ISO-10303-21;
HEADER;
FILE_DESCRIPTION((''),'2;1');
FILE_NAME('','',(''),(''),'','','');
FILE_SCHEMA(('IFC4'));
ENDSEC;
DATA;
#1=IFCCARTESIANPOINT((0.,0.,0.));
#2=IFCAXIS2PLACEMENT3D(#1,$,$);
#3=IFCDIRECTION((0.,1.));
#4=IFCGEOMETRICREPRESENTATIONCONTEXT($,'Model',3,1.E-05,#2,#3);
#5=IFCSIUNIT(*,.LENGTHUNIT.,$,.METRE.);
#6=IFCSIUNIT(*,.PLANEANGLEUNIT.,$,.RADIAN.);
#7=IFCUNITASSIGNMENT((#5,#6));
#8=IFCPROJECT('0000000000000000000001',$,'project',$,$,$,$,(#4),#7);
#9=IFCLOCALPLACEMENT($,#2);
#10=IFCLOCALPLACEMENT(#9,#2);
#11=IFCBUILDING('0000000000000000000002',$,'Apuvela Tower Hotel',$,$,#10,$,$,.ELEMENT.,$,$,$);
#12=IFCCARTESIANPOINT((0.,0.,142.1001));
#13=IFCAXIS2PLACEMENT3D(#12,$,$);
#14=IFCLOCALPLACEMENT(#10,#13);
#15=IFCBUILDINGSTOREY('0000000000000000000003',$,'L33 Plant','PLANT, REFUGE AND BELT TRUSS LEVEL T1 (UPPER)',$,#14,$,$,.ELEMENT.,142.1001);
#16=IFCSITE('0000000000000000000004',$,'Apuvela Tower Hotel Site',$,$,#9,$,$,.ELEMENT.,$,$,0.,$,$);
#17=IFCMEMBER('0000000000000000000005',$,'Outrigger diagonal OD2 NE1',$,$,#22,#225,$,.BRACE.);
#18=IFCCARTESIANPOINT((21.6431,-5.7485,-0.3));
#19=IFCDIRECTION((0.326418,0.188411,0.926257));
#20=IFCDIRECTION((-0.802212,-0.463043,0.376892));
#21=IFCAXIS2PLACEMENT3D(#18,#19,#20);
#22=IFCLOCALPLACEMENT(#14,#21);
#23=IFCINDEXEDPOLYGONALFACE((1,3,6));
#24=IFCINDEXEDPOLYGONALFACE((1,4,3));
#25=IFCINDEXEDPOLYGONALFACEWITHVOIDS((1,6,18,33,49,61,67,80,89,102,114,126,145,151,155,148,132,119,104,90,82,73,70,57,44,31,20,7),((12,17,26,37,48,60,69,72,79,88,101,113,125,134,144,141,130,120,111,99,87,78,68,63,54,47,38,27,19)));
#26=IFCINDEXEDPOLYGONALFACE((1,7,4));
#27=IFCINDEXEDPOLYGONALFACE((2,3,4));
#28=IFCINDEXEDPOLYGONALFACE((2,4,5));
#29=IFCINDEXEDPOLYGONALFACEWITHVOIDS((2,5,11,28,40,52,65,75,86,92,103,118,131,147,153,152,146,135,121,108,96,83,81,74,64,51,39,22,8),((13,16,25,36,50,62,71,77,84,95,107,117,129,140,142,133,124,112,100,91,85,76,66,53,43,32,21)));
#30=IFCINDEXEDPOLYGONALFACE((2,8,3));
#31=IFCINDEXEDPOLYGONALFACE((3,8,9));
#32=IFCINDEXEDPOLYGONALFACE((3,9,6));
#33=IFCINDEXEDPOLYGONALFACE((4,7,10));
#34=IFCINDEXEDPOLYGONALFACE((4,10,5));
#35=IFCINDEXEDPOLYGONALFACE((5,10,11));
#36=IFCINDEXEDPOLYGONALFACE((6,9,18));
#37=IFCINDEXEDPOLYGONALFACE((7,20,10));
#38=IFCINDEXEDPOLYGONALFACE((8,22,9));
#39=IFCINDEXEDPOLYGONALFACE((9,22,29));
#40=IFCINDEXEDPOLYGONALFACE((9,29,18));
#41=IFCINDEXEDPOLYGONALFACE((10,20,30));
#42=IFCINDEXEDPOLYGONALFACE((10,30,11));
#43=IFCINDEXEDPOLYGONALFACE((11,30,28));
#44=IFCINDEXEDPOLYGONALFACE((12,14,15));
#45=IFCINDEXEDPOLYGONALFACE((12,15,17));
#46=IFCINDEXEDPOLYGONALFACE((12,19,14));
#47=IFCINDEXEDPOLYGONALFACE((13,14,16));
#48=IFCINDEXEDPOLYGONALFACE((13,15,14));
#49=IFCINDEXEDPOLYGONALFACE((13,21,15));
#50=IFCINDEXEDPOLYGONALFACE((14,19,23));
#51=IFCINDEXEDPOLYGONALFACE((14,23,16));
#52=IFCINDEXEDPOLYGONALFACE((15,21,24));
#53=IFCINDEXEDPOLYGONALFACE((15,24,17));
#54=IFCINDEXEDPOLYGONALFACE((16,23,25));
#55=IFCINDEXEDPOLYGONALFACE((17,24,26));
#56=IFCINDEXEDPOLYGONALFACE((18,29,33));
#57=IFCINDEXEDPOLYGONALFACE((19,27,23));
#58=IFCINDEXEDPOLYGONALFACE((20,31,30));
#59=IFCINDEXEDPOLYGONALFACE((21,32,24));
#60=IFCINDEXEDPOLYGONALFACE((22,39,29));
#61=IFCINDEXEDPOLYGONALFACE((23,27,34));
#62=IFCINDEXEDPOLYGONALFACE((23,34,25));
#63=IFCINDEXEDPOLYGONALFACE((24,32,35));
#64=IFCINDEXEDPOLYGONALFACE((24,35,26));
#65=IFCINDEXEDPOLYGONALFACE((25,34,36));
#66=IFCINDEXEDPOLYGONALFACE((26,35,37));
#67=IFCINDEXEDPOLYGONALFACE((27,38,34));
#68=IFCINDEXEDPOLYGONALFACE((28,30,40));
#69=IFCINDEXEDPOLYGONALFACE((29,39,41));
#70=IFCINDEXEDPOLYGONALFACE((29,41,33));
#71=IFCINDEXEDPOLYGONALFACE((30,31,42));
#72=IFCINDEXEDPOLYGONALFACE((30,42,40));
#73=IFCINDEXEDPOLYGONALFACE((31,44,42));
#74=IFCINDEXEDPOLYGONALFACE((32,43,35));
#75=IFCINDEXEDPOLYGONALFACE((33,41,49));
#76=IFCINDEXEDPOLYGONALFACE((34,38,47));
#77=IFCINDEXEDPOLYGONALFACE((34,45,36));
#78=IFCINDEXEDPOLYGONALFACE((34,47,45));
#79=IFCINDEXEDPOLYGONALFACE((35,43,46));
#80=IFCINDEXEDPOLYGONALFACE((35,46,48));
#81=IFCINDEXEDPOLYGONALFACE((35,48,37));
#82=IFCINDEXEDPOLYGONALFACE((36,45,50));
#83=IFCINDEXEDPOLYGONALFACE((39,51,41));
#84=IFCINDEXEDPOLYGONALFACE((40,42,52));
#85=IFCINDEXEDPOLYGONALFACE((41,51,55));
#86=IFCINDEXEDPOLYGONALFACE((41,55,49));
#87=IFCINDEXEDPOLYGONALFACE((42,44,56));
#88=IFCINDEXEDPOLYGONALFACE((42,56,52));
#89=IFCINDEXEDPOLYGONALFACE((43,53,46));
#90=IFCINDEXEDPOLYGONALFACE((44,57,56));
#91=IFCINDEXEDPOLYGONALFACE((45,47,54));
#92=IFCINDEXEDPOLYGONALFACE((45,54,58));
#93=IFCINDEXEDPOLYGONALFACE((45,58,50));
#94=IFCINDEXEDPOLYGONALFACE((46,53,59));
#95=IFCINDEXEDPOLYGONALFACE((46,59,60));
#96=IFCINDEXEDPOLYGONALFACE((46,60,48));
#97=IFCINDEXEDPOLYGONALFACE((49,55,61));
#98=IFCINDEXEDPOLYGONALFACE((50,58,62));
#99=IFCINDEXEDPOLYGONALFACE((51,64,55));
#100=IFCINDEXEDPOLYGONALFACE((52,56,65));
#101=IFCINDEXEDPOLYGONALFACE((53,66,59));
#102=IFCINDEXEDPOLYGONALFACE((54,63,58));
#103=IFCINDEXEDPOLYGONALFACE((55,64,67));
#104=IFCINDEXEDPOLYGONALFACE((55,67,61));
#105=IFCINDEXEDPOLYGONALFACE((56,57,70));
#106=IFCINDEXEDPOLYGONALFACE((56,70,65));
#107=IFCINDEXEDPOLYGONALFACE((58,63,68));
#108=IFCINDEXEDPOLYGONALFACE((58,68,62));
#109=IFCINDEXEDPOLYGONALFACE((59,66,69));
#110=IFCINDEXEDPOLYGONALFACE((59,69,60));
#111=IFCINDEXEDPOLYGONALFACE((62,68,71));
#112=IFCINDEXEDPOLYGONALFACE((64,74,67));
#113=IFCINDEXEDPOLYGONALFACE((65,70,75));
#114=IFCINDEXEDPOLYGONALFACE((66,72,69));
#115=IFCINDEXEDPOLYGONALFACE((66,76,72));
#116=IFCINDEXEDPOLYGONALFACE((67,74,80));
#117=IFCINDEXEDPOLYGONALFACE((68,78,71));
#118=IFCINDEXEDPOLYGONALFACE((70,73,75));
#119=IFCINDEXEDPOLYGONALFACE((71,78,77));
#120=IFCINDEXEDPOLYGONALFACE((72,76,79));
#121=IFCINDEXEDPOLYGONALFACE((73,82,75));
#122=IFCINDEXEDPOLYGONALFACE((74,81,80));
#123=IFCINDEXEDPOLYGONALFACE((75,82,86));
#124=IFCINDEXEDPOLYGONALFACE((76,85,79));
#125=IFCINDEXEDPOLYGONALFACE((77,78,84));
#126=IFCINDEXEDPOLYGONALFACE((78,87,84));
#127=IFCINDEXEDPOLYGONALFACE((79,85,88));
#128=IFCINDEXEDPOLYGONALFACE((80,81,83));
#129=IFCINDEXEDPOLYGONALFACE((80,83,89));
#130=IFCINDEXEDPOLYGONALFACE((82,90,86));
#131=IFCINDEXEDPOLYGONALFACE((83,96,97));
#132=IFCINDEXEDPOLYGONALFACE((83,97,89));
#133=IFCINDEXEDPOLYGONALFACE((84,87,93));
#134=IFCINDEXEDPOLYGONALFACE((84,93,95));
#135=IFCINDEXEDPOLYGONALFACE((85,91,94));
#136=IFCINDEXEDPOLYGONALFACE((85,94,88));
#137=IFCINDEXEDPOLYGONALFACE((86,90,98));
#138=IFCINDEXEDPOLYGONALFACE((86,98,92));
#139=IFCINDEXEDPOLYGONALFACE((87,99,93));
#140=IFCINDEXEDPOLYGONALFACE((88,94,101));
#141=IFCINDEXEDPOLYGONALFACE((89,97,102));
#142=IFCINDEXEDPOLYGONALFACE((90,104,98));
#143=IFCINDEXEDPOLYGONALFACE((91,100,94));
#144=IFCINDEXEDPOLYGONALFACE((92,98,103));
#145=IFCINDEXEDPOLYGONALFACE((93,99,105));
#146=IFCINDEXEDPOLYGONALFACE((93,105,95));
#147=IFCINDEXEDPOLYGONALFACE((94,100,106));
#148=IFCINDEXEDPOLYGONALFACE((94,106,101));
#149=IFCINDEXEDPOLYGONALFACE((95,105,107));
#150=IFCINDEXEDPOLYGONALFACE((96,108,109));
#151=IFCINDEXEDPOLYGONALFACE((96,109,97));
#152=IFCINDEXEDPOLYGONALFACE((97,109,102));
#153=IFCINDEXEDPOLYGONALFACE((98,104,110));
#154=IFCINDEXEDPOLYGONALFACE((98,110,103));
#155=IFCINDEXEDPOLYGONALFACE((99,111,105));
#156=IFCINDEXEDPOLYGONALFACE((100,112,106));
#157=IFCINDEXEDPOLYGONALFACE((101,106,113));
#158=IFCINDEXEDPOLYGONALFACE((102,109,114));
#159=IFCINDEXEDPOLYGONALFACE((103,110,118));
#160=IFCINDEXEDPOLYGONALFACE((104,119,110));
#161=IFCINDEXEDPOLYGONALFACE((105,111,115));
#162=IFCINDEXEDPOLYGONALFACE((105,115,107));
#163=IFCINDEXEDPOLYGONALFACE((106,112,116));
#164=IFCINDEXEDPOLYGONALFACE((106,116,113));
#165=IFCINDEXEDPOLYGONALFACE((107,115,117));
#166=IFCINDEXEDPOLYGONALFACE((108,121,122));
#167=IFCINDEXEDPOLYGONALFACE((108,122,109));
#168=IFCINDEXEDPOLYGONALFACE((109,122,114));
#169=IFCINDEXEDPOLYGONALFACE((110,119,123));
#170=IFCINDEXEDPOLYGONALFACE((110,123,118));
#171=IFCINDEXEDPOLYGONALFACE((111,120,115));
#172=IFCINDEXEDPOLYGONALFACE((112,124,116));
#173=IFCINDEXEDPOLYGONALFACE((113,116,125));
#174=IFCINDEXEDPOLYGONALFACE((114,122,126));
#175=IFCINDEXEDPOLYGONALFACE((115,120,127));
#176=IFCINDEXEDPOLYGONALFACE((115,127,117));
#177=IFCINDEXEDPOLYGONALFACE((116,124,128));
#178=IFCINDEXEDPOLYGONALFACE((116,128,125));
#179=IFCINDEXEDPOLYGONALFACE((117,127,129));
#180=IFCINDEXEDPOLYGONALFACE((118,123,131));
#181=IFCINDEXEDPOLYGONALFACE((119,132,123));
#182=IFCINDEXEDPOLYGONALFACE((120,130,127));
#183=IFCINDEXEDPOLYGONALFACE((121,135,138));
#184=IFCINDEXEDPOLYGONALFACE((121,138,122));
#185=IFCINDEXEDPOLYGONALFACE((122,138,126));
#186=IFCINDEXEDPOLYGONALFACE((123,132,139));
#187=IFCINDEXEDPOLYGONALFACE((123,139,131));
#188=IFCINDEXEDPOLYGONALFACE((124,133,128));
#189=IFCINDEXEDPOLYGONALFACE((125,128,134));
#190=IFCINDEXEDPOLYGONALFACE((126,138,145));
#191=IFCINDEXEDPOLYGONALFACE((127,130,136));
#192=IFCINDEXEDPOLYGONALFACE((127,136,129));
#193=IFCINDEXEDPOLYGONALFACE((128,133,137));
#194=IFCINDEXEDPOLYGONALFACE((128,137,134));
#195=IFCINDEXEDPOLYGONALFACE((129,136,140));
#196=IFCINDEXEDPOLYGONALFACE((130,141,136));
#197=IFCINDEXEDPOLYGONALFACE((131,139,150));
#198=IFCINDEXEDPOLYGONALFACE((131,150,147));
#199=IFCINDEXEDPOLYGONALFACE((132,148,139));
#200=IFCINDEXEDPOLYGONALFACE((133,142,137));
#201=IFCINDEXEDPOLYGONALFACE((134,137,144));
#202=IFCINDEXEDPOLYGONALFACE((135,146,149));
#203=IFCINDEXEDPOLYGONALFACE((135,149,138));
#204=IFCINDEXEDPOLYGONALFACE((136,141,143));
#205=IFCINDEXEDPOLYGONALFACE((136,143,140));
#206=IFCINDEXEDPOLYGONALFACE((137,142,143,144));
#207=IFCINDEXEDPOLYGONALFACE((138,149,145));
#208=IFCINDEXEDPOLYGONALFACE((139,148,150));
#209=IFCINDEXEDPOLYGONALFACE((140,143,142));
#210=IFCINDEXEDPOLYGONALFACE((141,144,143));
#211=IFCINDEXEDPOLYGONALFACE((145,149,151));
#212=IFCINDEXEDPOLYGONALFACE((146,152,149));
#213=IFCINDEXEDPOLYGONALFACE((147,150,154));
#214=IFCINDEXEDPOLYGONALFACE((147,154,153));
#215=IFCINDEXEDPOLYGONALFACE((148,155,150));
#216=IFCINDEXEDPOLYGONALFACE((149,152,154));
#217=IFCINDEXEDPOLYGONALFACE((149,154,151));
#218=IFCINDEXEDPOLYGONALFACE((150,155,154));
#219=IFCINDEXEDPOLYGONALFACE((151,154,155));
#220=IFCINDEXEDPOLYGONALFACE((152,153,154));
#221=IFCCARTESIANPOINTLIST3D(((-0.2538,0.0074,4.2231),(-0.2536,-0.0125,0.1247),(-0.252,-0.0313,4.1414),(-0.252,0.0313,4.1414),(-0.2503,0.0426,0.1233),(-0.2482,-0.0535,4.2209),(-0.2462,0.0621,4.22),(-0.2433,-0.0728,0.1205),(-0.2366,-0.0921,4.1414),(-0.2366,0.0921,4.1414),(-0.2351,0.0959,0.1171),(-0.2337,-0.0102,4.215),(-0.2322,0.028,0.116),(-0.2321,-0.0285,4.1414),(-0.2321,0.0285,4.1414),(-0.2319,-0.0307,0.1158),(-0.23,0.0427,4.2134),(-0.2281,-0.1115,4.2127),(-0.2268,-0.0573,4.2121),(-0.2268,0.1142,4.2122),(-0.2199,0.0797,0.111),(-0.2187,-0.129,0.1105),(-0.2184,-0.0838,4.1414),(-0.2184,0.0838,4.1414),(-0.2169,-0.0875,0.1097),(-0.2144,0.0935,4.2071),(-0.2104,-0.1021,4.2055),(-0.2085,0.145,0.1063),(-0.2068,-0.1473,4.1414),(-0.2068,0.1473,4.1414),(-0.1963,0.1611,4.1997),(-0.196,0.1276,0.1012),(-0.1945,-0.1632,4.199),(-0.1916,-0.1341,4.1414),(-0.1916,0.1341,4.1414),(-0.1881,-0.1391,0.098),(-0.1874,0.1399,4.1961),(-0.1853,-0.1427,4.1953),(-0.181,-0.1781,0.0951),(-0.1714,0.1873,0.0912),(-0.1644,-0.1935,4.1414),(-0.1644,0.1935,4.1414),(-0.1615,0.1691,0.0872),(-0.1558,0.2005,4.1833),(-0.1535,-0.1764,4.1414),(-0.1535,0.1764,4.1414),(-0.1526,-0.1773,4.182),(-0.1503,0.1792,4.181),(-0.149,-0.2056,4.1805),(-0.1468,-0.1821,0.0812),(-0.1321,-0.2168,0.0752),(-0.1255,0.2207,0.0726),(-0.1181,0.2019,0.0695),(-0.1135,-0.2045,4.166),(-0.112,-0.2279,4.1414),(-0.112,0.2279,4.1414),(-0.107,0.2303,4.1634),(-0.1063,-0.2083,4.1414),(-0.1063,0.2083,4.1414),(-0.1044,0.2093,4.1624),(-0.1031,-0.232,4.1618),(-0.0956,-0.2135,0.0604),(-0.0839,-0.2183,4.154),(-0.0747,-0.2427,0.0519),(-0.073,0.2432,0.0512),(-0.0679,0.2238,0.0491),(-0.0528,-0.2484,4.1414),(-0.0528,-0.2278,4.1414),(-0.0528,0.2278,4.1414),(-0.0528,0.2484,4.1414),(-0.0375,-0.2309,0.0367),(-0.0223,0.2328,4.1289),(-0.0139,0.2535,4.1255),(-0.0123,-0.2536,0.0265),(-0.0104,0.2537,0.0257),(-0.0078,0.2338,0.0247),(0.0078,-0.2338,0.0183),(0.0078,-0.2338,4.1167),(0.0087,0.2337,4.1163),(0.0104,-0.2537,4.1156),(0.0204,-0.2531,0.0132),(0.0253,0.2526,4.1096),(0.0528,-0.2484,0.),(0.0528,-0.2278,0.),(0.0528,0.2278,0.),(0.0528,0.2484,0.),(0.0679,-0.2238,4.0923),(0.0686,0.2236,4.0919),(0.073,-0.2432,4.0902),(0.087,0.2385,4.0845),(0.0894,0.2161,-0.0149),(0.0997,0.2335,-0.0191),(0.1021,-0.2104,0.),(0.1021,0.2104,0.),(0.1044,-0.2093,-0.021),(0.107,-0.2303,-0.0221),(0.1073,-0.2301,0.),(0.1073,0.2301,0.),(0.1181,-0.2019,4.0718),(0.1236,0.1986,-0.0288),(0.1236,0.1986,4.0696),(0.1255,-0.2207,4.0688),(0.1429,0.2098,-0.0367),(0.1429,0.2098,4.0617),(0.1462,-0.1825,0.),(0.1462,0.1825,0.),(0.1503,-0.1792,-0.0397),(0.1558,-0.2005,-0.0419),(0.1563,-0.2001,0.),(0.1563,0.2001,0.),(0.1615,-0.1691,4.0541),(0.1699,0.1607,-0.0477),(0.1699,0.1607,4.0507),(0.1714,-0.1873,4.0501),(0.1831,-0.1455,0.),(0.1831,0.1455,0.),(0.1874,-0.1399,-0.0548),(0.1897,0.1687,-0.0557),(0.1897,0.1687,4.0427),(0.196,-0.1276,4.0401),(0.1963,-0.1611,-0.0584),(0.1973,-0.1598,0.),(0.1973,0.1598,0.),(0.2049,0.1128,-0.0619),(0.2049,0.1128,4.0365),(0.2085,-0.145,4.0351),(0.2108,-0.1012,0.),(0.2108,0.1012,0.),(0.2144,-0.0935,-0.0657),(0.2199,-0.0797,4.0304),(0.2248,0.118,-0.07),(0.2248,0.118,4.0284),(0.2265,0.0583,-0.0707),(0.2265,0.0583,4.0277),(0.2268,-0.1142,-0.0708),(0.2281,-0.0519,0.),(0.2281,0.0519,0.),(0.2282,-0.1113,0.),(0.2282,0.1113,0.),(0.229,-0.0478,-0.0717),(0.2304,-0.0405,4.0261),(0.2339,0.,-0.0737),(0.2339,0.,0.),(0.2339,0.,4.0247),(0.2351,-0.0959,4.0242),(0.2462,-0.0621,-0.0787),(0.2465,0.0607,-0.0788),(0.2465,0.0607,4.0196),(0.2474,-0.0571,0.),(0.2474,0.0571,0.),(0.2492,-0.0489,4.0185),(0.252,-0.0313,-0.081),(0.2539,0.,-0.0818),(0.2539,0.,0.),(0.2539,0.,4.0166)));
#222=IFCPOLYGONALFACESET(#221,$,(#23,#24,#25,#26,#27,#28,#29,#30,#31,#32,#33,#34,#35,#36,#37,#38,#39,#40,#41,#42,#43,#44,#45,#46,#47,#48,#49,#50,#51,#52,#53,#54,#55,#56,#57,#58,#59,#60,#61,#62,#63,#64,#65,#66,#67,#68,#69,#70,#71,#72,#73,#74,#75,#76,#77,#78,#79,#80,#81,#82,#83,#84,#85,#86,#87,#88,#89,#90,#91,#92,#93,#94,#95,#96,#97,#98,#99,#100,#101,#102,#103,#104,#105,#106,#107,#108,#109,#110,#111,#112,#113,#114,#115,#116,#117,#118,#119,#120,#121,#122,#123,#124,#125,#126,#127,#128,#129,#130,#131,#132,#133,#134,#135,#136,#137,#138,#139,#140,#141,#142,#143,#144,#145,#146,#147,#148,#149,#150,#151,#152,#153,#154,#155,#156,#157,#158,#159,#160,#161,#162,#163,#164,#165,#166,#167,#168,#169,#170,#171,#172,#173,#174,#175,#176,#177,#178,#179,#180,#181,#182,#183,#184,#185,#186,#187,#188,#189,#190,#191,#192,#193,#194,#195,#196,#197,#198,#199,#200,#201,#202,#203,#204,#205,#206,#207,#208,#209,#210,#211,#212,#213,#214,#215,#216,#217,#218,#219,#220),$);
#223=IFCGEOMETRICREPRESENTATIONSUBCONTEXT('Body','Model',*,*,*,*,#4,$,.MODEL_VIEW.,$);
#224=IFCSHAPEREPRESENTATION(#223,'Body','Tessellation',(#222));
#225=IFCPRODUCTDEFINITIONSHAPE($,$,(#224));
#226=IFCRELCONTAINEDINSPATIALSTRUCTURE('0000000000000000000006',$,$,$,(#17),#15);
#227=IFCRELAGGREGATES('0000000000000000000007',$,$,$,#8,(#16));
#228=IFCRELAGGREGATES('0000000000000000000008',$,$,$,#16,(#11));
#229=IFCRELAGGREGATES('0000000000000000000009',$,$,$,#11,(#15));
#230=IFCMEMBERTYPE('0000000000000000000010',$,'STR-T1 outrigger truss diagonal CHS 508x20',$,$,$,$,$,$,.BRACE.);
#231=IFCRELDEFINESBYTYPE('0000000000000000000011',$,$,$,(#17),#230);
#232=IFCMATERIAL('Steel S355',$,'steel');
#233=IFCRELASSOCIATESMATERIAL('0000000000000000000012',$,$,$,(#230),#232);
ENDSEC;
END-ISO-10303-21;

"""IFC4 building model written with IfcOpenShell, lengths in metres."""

from ifc_helpers import new_model, si_unit, direction, frame, origin, origin_2d, place, context, subcontext, project, spatial, hollow_circle, extrude, boolean, halfspace, material, material_profile, profile_set, type_object, element, save


model = new_model("IFC4")

# Units and contexts
model_context = context("Model", 3, precision=1e-05, world=origin(), true_north=direction((0.0, 1.0)))
body_context = subcontext(model_context, "Body", "Model", "MODEL_VIEW")
ifc_project = project(units=[si_unit("LENGTHUNIT", "METRE"), si_unit("PLANEANGLEUNIT", "RADIAN")], contexts=[model_context])

# Site, building, storey
site_placement = place(None, origin())
site = spatial("IfcSite", under=ifc_project, at=site_placement, Name="Apuvela Tower Hotel Site", CompositionType="ELEMENT", RefElevation=0.0)
building_placement = place(site_placement, origin())
building = spatial("IfcBuilding", under=site, at=building_placement, Name="Apuvela Tower Hotel", CompositionType="ELEMENT")
storey_placement = place(building_placement, frame((0.0, 0.0, 142.1001)))
storey = spatial("IfcBuildingStorey", under=building, at=storey_placement, Name="L33 Plant", Description="PLANT, REFUGE AND BELT TRUSS LEVEL T1 (UPPER)", CompositionType="ELEMENT", Elevation=142.1001)

# Shared definitions
ifc_material_1 = material(Name="Steel S355", Category="steel")

# Member
ifc_material_profile_1 = material_profile(ifc_material_1, hollow_circle(Radius=0.2539, WallThickness=0.02, at=origin_2d()), Name="CHS 508x20")
ifc_profile_set_1 = profile_set([ifc_material_profile_1], Name="Steel S355")
member_type = type_object("IfcMemberType", Name="STR-T1 outrigger truss diagonal CHS 508x20", PredefinedType="BRACE", material=ifc_profile_set_1)
member_placement = place(storey_placement, frame((21.6431, -5.7485, -0.3), z_axis=(0.326418, 0.188411, 0.926257), x_axis=(-0.802212, -0.463043, 0.376892)))
solid = boolean("DIFFERENCE", boolean("DIFFERENCE", extrude(hollow_circle(Radius=0.2539, WallThickness=0.02, at=origin_2d()), frame((0.0, 0.0, -0.2234)), (0.0, 0.0, 1.0), 4.5879), halfspace(frame((0.0, 0.0, 0.0215), z_axis=(0.376892, 0.0, 0.926257), x_axis=(0.926257, 0.0, -0.376892)), True)), halfspace(frame((0.0, 0.0, 4.1199), z_axis=(0.376892, 0.0, 0.926257), x_axis=(0.926257, 0.0, -0.376892)), False))
element("IfcMember", 1, at=member_placement, inside=storey, type_object=member_type, Name="Outrigger diagonal OD2 NE1", PredefinedType="BRACE", context=body_context, shape_type="SweptSolid", body=[
    boolean("UNION", boolean("DIFFERENCE", boolean("DIFFERENCE", extrude(hollow_circle(Radius=0.2539, WallThickness=0.02, at=origin_2d()), origin(), (0.0, 0.0, 1.0), 4.1414), halfspace(frame((0.0, 0.0, 0.0215), z_axis=(0.376892, 0.0, 0.926257), x_axis=(0.926257, 0.0, -0.376892)), True)), halfspace(frame((0.0, 0.0, 4.1199), z_axis=(0.376892, 0.0, 0.926257), x_axis=(0.926257, 0.0, -0.376892)), False)), solid),
])

save(model, "model.ifc")
